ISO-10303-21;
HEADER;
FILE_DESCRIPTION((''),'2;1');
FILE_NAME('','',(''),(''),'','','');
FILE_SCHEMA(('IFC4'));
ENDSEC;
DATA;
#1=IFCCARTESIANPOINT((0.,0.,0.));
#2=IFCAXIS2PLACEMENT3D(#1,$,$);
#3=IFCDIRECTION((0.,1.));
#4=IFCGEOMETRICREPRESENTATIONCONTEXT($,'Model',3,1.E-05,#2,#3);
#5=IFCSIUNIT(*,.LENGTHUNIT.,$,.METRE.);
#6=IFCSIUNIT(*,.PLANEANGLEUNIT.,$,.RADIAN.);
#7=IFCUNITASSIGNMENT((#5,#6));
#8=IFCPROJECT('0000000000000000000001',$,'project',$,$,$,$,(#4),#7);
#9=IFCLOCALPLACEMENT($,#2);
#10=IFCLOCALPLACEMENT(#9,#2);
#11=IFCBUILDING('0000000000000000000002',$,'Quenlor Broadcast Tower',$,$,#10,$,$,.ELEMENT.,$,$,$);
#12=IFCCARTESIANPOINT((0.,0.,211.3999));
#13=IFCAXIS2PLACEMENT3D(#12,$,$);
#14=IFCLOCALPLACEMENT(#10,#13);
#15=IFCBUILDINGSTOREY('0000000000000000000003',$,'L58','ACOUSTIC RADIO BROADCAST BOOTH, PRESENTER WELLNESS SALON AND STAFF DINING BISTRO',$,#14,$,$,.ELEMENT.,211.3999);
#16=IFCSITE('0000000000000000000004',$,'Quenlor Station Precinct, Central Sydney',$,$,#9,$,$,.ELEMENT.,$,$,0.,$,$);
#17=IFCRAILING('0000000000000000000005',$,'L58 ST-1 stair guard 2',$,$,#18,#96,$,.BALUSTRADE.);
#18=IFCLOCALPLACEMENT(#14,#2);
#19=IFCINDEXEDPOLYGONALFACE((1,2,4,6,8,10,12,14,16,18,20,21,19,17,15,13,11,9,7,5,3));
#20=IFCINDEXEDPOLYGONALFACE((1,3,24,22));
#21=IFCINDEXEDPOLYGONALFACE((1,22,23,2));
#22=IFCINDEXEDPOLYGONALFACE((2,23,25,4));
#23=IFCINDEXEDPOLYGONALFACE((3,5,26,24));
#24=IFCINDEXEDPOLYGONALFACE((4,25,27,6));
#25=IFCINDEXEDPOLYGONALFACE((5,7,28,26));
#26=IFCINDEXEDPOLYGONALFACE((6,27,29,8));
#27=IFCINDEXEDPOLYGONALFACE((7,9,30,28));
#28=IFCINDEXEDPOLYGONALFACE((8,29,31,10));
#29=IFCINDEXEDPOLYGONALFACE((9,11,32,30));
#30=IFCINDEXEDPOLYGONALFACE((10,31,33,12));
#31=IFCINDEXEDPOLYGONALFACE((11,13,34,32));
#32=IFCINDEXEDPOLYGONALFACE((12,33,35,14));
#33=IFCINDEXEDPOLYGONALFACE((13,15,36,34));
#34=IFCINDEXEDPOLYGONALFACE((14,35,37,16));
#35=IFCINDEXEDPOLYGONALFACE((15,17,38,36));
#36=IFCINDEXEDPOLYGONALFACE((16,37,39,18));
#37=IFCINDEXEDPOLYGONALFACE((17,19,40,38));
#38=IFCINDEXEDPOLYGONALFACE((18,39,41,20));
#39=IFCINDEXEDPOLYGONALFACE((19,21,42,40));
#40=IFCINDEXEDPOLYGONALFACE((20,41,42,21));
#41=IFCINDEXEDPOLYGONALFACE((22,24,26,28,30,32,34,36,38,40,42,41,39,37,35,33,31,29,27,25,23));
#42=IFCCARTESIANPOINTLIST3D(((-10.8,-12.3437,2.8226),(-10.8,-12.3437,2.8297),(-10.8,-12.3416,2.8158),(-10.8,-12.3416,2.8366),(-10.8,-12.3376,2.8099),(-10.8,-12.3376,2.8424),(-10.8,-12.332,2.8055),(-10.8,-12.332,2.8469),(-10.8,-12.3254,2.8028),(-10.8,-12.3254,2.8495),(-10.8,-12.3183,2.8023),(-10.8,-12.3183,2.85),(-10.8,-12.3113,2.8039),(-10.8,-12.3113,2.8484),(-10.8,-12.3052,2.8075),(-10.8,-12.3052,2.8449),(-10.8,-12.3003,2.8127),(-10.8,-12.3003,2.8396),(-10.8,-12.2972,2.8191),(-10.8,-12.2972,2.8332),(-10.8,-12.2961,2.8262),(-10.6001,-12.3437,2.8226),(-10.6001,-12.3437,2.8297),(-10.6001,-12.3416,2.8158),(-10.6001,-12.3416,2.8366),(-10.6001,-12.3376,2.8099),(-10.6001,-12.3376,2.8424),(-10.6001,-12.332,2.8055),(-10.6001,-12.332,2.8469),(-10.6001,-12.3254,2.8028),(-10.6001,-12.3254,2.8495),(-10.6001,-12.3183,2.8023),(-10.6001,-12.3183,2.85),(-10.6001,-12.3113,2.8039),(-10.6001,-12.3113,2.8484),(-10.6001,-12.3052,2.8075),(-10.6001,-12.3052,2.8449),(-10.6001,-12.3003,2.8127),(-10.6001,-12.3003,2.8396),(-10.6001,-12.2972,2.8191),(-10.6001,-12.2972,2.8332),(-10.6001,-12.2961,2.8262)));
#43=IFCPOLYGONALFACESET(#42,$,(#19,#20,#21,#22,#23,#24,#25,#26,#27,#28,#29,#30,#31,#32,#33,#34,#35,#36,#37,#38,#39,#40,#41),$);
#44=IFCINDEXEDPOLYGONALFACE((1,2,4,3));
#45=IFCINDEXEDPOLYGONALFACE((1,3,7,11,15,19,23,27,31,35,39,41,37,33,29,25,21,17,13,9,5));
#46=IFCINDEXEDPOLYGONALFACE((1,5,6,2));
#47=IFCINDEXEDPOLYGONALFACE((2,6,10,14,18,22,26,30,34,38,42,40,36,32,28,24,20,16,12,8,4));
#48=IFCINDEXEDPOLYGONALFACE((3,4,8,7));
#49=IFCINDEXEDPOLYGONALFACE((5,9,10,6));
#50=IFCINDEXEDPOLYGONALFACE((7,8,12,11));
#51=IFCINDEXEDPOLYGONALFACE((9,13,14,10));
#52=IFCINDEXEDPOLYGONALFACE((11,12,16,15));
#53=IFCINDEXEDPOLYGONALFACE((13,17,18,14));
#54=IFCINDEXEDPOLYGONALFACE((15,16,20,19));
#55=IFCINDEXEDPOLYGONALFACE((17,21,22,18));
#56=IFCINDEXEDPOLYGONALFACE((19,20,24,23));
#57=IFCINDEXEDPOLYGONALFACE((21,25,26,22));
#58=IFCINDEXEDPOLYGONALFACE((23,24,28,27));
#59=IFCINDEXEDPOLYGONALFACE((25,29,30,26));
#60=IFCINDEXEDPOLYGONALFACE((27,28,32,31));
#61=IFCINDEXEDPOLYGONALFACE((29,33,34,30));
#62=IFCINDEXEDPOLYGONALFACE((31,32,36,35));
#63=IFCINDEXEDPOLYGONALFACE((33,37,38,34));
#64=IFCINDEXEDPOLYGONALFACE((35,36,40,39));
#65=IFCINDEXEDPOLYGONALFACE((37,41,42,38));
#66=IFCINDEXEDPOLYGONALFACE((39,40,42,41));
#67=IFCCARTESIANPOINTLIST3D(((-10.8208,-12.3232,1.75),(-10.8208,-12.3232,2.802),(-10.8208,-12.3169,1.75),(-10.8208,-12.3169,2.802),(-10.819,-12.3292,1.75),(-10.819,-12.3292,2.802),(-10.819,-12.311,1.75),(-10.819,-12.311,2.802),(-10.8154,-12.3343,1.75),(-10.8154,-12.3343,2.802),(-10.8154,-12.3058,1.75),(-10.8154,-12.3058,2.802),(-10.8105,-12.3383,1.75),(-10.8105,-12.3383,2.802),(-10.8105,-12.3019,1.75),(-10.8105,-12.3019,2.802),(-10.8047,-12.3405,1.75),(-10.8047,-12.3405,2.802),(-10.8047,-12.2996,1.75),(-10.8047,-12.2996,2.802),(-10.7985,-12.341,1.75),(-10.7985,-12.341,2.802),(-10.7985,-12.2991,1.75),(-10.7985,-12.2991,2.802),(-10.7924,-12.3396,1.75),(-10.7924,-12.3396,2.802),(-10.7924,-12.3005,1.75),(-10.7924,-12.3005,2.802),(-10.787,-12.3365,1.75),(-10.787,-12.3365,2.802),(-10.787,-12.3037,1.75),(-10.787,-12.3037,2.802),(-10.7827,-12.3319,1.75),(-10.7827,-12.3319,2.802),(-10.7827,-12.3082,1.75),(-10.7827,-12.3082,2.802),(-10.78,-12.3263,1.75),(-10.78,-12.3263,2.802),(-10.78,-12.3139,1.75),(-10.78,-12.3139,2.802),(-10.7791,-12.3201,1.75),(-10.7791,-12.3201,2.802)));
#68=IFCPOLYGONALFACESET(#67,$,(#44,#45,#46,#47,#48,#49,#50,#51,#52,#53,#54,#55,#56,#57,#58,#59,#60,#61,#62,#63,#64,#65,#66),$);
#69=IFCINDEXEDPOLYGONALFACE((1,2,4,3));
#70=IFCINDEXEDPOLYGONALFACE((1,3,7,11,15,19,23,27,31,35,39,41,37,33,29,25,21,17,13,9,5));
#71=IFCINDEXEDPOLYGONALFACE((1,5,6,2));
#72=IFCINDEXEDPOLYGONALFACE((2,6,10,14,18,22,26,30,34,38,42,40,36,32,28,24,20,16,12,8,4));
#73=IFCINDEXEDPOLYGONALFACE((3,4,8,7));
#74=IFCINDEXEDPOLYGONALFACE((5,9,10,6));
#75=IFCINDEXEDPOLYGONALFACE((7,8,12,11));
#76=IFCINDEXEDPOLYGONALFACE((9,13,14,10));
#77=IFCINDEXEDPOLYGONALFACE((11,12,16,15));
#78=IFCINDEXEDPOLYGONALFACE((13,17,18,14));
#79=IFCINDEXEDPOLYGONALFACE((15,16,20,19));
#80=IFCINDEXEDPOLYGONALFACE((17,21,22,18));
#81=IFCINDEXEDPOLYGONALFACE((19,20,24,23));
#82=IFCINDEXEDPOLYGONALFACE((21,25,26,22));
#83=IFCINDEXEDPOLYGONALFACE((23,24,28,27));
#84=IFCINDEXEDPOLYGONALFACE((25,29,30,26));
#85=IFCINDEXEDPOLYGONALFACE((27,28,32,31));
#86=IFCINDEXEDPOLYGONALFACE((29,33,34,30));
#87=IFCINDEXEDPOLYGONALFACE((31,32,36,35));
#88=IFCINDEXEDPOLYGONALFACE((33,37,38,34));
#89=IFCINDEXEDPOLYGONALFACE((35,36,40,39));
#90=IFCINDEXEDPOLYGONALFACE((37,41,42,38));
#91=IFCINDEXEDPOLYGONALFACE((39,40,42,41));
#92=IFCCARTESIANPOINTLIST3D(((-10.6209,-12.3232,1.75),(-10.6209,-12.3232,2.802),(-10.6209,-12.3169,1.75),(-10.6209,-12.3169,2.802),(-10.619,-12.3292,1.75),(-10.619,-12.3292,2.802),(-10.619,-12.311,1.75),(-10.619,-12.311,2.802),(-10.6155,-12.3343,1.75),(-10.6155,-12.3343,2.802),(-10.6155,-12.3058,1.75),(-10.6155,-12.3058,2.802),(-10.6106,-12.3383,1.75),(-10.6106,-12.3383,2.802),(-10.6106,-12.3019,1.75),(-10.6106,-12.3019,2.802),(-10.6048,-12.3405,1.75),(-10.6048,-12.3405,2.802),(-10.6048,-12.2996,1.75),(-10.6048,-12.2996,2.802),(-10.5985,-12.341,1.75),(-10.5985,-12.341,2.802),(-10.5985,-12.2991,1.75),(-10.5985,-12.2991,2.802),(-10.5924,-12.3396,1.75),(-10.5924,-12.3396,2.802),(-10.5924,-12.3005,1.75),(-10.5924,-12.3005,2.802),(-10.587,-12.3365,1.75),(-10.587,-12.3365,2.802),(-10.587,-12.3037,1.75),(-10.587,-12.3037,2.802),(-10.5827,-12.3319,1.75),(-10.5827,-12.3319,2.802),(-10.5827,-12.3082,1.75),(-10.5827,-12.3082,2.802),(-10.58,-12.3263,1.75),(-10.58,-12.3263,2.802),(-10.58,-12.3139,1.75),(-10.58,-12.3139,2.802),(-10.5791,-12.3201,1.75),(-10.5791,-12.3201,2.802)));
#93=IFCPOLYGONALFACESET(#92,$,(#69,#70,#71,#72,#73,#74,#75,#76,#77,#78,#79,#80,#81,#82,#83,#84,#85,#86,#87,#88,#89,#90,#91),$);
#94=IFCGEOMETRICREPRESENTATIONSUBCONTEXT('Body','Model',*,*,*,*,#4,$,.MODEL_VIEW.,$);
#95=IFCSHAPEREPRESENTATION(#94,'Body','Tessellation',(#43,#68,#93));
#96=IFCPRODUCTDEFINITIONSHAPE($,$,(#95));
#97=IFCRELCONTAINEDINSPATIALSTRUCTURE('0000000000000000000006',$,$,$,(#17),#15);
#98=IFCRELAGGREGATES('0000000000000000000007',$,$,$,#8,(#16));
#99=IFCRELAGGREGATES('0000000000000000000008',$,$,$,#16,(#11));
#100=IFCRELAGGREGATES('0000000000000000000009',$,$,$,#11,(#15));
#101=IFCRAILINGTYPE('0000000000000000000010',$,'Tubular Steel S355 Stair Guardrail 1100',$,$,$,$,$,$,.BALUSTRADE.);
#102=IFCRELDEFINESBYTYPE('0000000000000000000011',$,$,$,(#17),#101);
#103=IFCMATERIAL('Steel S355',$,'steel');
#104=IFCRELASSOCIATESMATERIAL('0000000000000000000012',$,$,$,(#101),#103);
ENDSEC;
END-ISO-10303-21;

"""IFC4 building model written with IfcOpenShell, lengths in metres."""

from ifc_helpers import new_model, si_unit, direction, frame, origin, origin_2d, place, context, subcontext, project, spatial, circle, extrude, material, type_object, element, save


model = new_model("IFC4")

# Units and contexts
model_context = context("Model", 3, precision=1e-05, world=origin(), true_north=direction((0.0, 1.0)))
body_context = subcontext(model_context, "Body", "Model", "MODEL_VIEW")
ifc_project = project(units=[si_unit("LENGTHUNIT", "METRE"), si_unit("PLANEANGLEUNIT", "RADIAN")], contexts=[model_context])

# Site, building, storey
site_placement = place(None, origin())
site = spatial("IfcSite", under=ifc_project, at=site_placement, Name="Quenlor Station Precinct, Central Sydney", CompositionType="ELEMENT", RefElevation=0.0)
building_placement = place(site_placement, origin())
building = spatial("IfcBuilding", under=site, at=building_placement, Name="Quenlor Broadcast Tower", CompositionType="ELEMENT")
storey_placement = place(building_placement, frame((0.0, 0.0, 211.3999)))
storey = spatial("IfcBuildingStorey", under=building, at=storey_placement, Name="L58", Description="ACOUSTIC RADIO BROADCAST BOOTH, PRESENTER WELLNESS SALON AND STAFF DINING BISTRO", CompositionType="ELEMENT", Elevation=211.3999)

# Railing
ifc_material_1 = material(Name="Steel S355", Category="steel")
railing_type_1 = type_object("IfcRailingType", Name="Tubular Steel S355 Stair Guardrail 1100", PredefinedType="BALUSTRADE", material=ifc_material_1)
railing_1_placement = place(storey_placement, frame((-10.8, -12.3201, 1.75)))
element("IfcRailing", 1, at=railing_1_placement, inside=storey, type_object=railing_type_1, Name="L58 ST-1 stair guard 2", PredefinedType="BALUSTRADE", context=body_context, shape_type="SweptSolid", body=[
    extrude(circle(Radius=0.0239, at=origin_2d()), frame((0.0, 0.0, 1.0762), z_axis=(1.0, 0.0, 0.0), x_axis=(0.0, 1.0, 0.0)), (0.0, 0.0, 1.0), 0.2),
    extrude(circle(Radius=0.021, at=origin_2d()), origin(), (0.0, 0.0, 1.0), 1.052),
    extrude(circle(Radius=0.021, at=origin_2d()), frame((0.2, 0.0, 0.0)), (0.0, 0.0, 1.0), 1.052),
])

save(model, "model.ifc")
